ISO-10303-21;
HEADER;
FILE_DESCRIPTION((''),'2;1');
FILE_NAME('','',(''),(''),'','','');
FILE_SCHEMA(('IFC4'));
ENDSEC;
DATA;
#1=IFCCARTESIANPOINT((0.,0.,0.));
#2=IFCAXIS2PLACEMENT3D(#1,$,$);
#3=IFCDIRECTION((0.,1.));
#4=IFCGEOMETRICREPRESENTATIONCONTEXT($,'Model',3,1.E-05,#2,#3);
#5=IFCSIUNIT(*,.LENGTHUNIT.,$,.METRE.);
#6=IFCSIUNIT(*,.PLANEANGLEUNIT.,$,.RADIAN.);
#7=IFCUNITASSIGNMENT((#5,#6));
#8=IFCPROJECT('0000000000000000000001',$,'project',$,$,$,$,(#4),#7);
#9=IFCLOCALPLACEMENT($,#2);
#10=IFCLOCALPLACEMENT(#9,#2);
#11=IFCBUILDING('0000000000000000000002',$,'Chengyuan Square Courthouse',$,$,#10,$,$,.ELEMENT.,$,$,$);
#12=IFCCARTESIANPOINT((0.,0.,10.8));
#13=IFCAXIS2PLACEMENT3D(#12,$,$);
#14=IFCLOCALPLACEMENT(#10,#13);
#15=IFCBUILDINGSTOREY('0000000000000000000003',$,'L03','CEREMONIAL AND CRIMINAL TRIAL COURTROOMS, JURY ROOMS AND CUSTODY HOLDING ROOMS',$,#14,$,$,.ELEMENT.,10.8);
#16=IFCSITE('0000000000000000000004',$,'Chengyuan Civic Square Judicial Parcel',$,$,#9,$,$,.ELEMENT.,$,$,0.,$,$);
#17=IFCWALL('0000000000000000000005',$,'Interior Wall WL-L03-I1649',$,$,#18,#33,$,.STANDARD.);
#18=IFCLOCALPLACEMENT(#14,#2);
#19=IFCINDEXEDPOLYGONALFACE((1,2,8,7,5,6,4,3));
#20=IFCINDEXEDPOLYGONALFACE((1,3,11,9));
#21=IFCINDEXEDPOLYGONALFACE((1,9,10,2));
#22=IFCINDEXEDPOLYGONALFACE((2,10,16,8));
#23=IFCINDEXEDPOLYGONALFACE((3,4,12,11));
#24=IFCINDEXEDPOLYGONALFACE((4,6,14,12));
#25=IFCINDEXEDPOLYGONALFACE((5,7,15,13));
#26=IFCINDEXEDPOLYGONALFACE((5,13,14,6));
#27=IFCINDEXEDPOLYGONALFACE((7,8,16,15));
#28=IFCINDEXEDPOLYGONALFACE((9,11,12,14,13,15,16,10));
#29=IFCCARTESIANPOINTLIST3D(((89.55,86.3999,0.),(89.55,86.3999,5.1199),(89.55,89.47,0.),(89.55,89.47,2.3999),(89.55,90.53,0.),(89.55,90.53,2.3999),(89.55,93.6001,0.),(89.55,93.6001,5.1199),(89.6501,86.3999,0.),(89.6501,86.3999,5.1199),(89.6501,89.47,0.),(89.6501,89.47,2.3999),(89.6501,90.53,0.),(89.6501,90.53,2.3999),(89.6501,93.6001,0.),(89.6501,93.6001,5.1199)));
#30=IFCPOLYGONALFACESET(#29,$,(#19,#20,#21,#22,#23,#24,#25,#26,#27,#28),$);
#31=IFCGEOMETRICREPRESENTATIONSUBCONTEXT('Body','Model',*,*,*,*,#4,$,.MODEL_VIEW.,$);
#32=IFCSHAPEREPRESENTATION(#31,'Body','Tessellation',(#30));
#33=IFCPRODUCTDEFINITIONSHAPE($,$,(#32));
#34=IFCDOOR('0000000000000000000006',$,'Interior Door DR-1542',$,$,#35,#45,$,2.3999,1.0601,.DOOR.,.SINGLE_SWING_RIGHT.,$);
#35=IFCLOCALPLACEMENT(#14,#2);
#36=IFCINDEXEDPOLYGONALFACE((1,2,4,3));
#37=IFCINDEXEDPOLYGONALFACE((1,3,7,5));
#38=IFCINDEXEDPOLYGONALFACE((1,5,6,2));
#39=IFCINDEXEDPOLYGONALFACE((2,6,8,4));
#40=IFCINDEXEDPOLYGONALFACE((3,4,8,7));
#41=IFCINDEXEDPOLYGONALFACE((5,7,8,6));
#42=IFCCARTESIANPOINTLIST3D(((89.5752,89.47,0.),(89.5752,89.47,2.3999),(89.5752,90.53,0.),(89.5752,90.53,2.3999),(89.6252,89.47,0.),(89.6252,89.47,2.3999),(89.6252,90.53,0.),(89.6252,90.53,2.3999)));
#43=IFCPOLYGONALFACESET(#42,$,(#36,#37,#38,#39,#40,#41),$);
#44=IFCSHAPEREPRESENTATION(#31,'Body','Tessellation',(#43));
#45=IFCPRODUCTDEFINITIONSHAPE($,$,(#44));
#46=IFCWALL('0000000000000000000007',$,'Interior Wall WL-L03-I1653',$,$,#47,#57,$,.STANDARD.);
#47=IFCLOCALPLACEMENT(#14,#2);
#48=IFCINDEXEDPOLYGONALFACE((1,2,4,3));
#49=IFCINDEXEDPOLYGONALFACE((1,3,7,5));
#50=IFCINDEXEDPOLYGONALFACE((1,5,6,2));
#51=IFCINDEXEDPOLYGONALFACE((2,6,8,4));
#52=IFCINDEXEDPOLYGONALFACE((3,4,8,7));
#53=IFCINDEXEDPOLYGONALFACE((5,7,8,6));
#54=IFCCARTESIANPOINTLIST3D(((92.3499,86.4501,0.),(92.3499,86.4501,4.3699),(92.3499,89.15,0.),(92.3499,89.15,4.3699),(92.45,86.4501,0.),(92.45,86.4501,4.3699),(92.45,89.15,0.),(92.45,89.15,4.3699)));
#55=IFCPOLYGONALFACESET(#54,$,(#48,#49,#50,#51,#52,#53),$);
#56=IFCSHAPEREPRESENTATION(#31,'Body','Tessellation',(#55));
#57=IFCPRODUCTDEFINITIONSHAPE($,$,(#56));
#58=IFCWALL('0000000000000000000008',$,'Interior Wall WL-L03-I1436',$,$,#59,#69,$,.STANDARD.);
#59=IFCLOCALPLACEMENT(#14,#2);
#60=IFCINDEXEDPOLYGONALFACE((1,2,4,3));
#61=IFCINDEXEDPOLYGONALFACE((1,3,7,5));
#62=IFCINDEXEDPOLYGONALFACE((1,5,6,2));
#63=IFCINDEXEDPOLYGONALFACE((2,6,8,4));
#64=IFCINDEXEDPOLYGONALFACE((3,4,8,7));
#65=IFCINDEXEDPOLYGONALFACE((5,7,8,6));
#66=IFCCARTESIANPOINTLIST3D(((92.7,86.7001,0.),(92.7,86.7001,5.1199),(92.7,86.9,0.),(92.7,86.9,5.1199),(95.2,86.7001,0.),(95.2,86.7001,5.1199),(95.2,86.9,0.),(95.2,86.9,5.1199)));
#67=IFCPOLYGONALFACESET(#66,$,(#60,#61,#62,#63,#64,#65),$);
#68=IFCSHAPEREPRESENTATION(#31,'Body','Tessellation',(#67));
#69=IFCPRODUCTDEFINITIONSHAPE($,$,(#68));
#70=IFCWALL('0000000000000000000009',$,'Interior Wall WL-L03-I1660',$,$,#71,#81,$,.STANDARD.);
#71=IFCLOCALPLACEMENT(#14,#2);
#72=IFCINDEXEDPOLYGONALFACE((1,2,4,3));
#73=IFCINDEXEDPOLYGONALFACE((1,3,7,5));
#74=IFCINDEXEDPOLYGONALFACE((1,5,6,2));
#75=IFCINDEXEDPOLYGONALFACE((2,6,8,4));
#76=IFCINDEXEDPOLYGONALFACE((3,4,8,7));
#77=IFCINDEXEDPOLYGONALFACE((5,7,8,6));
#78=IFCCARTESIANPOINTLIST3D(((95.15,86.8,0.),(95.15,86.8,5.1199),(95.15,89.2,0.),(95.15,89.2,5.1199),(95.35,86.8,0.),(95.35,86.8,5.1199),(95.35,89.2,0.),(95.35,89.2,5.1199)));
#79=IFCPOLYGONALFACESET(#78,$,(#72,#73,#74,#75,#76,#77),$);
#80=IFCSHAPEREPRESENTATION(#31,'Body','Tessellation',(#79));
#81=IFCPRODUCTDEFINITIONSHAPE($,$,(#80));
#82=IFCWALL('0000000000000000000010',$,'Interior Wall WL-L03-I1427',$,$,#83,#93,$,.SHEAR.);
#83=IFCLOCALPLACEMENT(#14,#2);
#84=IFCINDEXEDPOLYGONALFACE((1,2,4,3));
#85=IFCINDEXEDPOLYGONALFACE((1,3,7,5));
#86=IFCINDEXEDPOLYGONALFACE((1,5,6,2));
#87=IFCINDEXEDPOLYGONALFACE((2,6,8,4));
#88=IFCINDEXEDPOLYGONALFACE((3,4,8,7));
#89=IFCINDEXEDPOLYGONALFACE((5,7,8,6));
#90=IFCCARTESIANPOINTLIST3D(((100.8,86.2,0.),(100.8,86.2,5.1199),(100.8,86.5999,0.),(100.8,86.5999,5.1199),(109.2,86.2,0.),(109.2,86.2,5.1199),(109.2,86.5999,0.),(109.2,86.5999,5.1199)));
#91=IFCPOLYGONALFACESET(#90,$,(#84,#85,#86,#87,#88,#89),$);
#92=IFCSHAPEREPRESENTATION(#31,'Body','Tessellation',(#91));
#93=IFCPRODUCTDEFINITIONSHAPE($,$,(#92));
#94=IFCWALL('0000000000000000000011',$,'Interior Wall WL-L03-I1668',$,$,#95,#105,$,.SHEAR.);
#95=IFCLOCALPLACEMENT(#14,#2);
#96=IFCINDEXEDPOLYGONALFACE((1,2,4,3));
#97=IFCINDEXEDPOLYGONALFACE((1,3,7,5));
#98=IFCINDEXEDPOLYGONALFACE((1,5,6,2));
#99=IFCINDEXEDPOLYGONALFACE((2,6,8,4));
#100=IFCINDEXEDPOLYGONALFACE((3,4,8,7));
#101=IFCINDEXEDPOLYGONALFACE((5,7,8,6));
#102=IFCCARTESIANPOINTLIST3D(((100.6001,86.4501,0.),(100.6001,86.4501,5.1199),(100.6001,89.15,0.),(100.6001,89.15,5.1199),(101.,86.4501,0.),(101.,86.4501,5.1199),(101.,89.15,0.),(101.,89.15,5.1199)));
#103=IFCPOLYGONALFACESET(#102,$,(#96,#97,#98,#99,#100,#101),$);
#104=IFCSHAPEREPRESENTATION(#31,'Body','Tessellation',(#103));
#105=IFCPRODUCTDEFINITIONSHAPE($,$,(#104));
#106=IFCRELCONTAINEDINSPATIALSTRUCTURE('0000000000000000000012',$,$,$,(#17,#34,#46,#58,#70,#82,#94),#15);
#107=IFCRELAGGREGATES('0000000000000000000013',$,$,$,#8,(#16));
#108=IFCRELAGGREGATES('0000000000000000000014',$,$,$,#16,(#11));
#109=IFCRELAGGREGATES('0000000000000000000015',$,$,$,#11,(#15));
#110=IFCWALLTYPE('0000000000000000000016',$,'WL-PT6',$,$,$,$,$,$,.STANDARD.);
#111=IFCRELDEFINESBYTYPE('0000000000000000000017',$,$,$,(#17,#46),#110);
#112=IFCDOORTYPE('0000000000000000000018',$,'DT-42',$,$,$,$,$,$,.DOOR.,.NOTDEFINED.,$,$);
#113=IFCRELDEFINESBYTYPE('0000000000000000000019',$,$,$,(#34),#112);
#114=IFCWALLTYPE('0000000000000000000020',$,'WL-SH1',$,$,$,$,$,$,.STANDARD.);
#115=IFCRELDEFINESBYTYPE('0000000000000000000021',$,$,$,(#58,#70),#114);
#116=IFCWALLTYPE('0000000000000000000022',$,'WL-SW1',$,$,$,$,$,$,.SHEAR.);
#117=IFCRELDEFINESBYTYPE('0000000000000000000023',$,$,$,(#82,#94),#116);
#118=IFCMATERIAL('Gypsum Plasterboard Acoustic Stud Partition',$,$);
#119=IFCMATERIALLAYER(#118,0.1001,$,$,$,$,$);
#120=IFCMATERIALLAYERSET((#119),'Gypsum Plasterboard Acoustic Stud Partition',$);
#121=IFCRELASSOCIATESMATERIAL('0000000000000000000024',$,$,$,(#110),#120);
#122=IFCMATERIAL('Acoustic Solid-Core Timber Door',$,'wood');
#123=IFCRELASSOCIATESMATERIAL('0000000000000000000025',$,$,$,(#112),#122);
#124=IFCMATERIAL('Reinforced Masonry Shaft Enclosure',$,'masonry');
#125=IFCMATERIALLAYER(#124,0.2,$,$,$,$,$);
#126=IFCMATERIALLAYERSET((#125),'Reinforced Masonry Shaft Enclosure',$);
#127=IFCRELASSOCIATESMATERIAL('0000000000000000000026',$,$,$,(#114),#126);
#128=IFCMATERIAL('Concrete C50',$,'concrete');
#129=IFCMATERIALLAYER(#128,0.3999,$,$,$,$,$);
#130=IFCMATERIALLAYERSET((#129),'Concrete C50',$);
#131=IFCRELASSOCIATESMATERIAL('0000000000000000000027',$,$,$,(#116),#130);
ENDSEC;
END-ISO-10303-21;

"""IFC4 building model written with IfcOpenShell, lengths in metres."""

from ifc_helpers import new_model, si_unit, direction, frame, frame_2d, origin, place, context, subcontext, project, spatial, rectangle, extrude, material, layer, layer_set, type_object, element, fill, save


model = new_model("IFC4")

# Units and contexts
model_context = context("Model", 3, precision=1e-05, world=origin(), true_north=direction((0.0, 1.0)))
body_context = subcontext(model_context, "Body", "Model", "MODEL_VIEW")
ifc_project = project(units=[si_unit("LENGTHUNIT", "METRE"), si_unit("PLANEANGLEUNIT", "RADIAN")], contexts=[model_context])

# Site, building, storey
site_placement = place(None, origin())
site = spatial("IfcSite", under=ifc_project, at=site_placement, Name="Chengyuan Civic Square Judicial Parcel", CompositionType="ELEMENT", RefElevation=0.0)
building_placement = place(site_placement, origin())
building = spatial("IfcBuilding", under=site, at=building_placement, Name="Chengyuan Square Courthouse", CompositionType="ELEMENT")
storey_placement = place(building_placement, frame((0.0, 0.0, 10.8)))
storey = spatial("IfcBuildingStorey", under=building, at=storey_placement, Name="L03", Description="CEREMONIAL AND CRIMINAL TRIAL COURTROOMS, JURY ROOMS AND CUSTODY HOLDING ROOMS", CompositionType="ELEMENT", Elevation=10.8)

# Shared definitions
ifc_material_1 = material(Name="Concrete C50", Category="concrete")

# Shared definitions
ifc_material_2 = material(Name="Gypsum Plasterboard Acoustic Stud Partition")
ifc_layer_1 = layer(ifc_material_2, 0.1001)
ifc_layer_set_1 = layer_set([ifc_layer_1], Name="Gypsum Plasterboard Acoustic Stud Partition")
wall_type_1 = type_object("IfcWallType", Name="WL-PT6", PredefinedType="STANDARD", material=ifc_layer_set_1)
ifc_material_3 = material(Name="Acoustic Solid-Core Timber Door", Category="wood")

# Wall, opening, door
wall_1_placement = place(storey_placement, frame((89.6001, 86.3999, 0.0), z_axis=(0.0, 0.0, 1.0), x_axis=(0.0, 1.0, 0.0)))
wall_1 = element("IfcWall", 1, at=wall_1_placement, inside=storey, type_object=wall_type_1, Name="Interior Wall WL-L03-I1649", PredefinedType="STANDARD", context=body_context, shape_type="SweptSolid", body=[
    extrude(rectangle(XDim=7.2002, YDim=0.1001, at=frame_2d((3.6001, 0.0))), origin(), (0.0, 0.0, 1.0), 5.1199),
])
opening_1_placement = place(wall_1_placement, frame((3.0701, 0.0, 0.0)))
opening_1 = element("IfcOpeningElement", 2, at=opening_1_placement, cuts=wall_1, PredefinedType="OPENING", context=body_context, shape_type="SweptSolid", body=[
    extrude(rectangle(XDim=1.0601, YDim=2.3999, at=frame_2d((0.53, 1.2))), frame((0.0, 0.062, 0.0), z_axis=(0.0, -1.0, 0.0), x_axis=(1.0, 0.0, 0.0)), (0.0, 0.0, 1.0), 0.124),
])
door_type_1 = type_object("IfcDoorType", Name="DT-42", OperationType="NOTDEFINED", PredefinedType="DOOR", material=ifc_material_3)
door_1_placement = place(opening_1_placement, origin())
door_1 = element("IfcDoor", 3, at=door_1_placement, inside=storey, type_object=door_type_1, Name="Interior Door DR-1542", OperationType="SINGLE_SWING_RIGHT", OverallHeight=2.3999, OverallWidth=1.0601, PredefinedType="DOOR", context=body_context, shape_type="SweptSolid", body=[
    extrude(rectangle(XDim=1.0601, YDim=2.3999, at=frame_2d((0.53, 1.2))), frame((0.0, 0.0249, 0.0), z_axis=(0.0, -1.0, 0.0), x_axis=(1.0, 0.0, 0.0)), (0.0, 0.0, 1.0), 0.05),
])
fill(opening_1, door_1)

# Walls
wall_2_placement = place(storey_placement, frame((92.3999, 86.45, 0.0), z_axis=(0.0, 0.0, 1.0), x_axis=(0.0, 1.0, 0.0)))
element("IfcWall", 4, at=wall_2_placement, inside=storey, type_object=wall_type_1, Name="Interior Wall WL-L03-I1653", PredefinedType="STANDARD", context=body_context, shape_type="SweptSolid", body=[
    extrude(rectangle(XDim=2.7, YDim=0.1001, at=frame_2d((1.3501, 0.0))), origin(), (0.0, 0.0, 1.0), 4.3699),
])
ifc_material_4 = material(Name="Reinforced Masonry Shaft Enclosure", Category="masonry")
ifc_layer_2 = layer(ifc_material_4, 0.2)
ifc_layer_set_2 = layer_set([ifc_layer_2], Name="Reinforced Masonry Shaft Enclosure")
wall_type_2 = type_object("IfcWallType", Name="WL-SH1", PredefinedType="STANDARD", material=ifc_layer_set_2)
wall_3_placement = place(storey_placement, frame((92.7, 86.8, 0.0), z_axis=(0.0, 0.0, 1.0), x_axis=(1.0, 0.0, 0.0)))
element("IfcWall", 5, at=wall_3_placement, inside=storey, type_object=wall_type_2, Name="Interior Wall WL-L03-I1436", PredefinedType="STANDARD", context=body_context, shape_type="SweptSolid", body=[
    extrude(rectangle(XDim=2.5, YDim=0.2, at=frame_2d((1.25, 0.0))), origin(), (0.0, 0.0, 1.0), 5.1199),
])
wall_4_placement = place(storey_placement, frame((95.25, 86.8, 0.0), z_axis=(0.0, 0.0, 1.0), x_axis=(0.0, 1.0, 0.0)))
element("IfcWall", 6, at=wall_4_placement, inside=storey, type_object=wall_type_2, Name="Interior Wall WL-L03-I1660", PredefinedType="STANDARD", context=body_context, shape_type="SweptSolid", body=[
    extrude(rectangle(XDim=2.3999, YDim=0.2, at=frame_2d((1.2, 0.0))), origin(), (0.0, 0.0, 1.0), 5.1199),
])
ifc_layer_3 = layer(ifc_material_1, 0.3999)
ifc_layer_set_3 = layer_set([ifc_layer_3], Name="Concrete C50")
wall_type_3 = type_object("IfcWallType", Name="WL-SW1", PredefinedType="SHEAR", material=ifc_layer_set_3)
wall_5_placement = place(storey_placement, frame((100.8, 86.3999, 0.0), z_axis=(0.0, 0.0, 1.0), x_axis=(1.0, 0.0, 0.0)))
element("IfcWall", 7, at=wall_5_placement, inside=storey, type_object=wall_type_3, Name="Interior Wall WL-L03-I1427", PredefinedType="SHEAR", context=body_context, shape_type="SweptSolid", body=[
    extrude(rectangle(XDim=8.3999, YDim=0.3999, at=frame_2d((4.2, 0.0))), origin(), (0.0, 0.0, 1.0), 5.1199),
])
wall_6_placement = place(storey_placement, frame((100.8, 86.45, 0.0), z_axis=(0.0, 0.0, 1.0), x_axis=(0.0, 1.0, 0.0)))
element("IfcWall", 8, at=wall_6_placement, inside=storey, type_object=wall_type_3, Name="Interior Wall WL-L03-I1668", PredefinedType="SHEAR", context=body_context, shape_type="SweptSolid", body=[
    extrude(rectangle(XDim=2.7, YDim=0.3999, at=frame_2d((1.3501, 0.0))), origin(), (0.0, 0.0, 1.0), 5.1199),
])

save(model, "model.ifc")
